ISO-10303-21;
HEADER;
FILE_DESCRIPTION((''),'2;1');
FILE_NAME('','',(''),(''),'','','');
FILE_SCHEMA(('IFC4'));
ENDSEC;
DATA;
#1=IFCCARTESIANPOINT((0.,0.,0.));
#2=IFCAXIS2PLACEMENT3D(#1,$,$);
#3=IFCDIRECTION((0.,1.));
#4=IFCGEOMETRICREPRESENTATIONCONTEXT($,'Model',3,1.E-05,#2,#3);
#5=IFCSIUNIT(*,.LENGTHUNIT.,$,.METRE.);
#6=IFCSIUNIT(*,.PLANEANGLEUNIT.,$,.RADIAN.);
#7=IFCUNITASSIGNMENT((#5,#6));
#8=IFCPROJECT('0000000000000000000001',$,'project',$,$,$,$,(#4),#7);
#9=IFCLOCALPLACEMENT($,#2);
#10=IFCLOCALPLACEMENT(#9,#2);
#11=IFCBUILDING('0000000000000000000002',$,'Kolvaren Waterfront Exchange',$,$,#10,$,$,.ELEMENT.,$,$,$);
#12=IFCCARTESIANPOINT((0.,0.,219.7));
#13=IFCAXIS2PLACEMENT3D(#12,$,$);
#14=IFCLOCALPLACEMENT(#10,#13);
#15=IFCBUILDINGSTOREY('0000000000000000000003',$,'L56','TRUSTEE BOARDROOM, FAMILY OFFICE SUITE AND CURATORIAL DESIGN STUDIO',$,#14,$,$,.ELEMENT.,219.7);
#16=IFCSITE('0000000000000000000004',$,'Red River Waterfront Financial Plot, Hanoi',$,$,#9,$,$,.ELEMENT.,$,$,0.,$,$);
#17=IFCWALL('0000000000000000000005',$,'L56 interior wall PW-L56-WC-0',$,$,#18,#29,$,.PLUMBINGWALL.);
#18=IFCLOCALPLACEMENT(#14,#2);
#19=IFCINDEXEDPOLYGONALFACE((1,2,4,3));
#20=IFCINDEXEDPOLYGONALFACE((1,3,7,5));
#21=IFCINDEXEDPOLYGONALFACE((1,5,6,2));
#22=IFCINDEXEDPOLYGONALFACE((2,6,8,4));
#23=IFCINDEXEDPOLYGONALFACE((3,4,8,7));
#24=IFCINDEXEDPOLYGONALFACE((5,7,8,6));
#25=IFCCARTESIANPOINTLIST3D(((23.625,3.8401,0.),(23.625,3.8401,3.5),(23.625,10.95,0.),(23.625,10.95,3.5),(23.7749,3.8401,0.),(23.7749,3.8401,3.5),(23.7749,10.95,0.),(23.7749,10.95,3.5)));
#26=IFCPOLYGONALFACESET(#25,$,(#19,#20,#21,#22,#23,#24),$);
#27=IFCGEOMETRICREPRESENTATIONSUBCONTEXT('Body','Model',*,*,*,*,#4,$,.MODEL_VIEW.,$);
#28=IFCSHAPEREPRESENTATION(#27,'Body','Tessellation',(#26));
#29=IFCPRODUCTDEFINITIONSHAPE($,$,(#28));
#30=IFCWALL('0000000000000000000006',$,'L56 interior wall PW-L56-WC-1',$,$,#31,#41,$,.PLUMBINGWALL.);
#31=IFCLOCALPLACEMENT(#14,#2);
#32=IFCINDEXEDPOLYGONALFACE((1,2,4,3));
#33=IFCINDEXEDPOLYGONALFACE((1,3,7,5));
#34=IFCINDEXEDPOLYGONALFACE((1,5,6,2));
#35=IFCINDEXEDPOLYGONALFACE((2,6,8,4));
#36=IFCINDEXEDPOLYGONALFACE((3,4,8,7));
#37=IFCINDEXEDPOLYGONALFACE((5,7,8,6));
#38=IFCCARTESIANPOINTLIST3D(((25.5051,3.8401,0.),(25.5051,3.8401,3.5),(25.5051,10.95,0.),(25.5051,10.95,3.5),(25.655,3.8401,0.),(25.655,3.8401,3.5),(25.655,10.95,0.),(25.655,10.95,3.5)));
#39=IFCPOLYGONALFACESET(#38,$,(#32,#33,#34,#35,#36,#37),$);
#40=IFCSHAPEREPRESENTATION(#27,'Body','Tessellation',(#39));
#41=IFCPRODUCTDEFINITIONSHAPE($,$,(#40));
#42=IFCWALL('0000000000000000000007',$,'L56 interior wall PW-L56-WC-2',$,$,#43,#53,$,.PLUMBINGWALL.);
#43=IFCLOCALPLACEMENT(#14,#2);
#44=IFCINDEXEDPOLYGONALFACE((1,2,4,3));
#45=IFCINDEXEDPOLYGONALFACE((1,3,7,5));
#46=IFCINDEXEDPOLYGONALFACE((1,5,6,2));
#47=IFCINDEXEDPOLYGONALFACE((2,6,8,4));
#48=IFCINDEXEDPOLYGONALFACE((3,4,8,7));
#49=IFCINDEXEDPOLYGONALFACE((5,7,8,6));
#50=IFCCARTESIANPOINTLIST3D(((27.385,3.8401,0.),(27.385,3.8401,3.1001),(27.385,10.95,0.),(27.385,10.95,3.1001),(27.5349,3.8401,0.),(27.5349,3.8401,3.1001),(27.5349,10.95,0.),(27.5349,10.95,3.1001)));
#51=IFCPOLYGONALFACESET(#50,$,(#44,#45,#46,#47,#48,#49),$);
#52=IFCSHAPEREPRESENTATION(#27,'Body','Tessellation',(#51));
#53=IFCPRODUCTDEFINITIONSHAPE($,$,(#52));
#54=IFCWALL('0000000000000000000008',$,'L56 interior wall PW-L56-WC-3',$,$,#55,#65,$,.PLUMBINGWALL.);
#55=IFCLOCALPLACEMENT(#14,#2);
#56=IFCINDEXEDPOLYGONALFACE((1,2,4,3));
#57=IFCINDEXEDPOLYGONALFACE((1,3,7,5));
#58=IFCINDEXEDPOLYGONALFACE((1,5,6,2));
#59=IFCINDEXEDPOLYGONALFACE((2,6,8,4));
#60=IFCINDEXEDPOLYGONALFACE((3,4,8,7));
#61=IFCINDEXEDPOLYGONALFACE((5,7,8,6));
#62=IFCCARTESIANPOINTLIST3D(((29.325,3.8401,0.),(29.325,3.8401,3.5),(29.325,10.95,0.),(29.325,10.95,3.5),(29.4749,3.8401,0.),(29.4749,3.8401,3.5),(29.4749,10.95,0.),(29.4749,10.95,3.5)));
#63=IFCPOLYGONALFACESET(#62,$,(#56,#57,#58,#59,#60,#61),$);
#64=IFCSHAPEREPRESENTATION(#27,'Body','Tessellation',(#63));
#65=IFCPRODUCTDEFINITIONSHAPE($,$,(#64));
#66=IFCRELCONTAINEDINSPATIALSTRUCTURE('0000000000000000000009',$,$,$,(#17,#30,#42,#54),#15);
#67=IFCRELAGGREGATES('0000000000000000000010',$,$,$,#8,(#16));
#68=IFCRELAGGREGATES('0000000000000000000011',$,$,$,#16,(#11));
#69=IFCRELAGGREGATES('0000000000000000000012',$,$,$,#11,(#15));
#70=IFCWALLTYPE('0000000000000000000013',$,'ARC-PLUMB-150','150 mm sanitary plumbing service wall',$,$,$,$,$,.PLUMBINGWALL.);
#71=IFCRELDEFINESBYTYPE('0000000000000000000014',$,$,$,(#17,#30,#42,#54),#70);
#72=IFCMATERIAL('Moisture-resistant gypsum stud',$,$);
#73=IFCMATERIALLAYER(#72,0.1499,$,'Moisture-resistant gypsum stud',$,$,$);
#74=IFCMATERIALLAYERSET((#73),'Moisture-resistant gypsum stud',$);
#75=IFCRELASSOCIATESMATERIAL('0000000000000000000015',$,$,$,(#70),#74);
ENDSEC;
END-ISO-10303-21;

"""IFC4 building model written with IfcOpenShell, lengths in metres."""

from ifc_helpers import new_model, si_unit, direction, frame, frame_2d, origin, place, context, subcontext, project, spatial, rectangle, extrude, material, layer, layer_set, type_object, element, save


model = new_model("IFC4")

# Units and contexts
model_context = context("Model", 3, precision=1e-05, world=origin(), true_north=direction((0.0, 1.0)))
body_context = subcontext(model_context, "Body", "Model", "MODEL_VIEW")
ifc_project = project(units=[si_unit("LENGTHUNIT", "METRE"), si_unit("PLANEANGLEUNIT", "RADIAN")], contexts=[model_context])

# Site, building, storey
site_placement = place(None, origin())
site = spatial("IfcSite", under=ifc_project, at=site_placement, Name="Red River Waterfront Financial Plot, Hanoi", CompositionType="ELEMENT", RefElevation=0.0)
building_placement = place(site_placement, origin())
building = spatial("IfcBuilding", under=site, at=building_placement, Name="Kolvaren Waterfront Exchange", CompositionType="ELEMENT")
storey_placement = place(building_placement, frame((0.0, 0.0, 219.7)))
storey = spatial("IfcBuildingStorey", under=building, at=storey_placement, Name="L56", Description="TRUSTEE BOARDROOM, FAMILY OFFICE SUITE AND CURATORIAL DESIGN STUDIO", CompositionType="ELEMENT", Elevation=219.7)

# Wall
ifc_material_1 = material(Name="Moisture-resistant gypsum stud")
ifc_layer_1 = layer(ifc_material_1, 0.1499, Name="Moisture-resistant gypsum stud")
ifc_layer_set_1 = layer_set([ifc_layer_1], Name="Moisture-resistant gypsum stud")
wall_type_1 = type_object("IfcWallType", Name="ARC-PLUMB-150", Description="150 mm sanitary plumbing service wall", PredefinedType="PLUMBINGWALL", material=ifc_layer_set_1)
wall_1_placement = place(storey_placement, frame((23.7, 3.8401, 0.0), z_axis=(0.0, 0.0, 1.0), x_axis=(0.0, 1.0, 0.0)))
element("IfcWall", 1, at=wall_1_placement, inside=storey, type_object=wall_type_1, Name="L56 interior wall PW-L56-WC-0", PredefinedType="PLUMBINGWALL", context=body_context, shape_type="SweptSolid", body=[
    extrude(rectangle(XDim=7.1099, YDim=0.1499, at=frame_2d((3.5549, 0.0))), origin(), (0.0, 0.0, 1.0), 3.5),
])

# Walls
wall_2_placement = place(storey_placement, frame((25.5801, 3.8401, 0.0), z_axis=(0.0, 0.0, 1.0), x_axis=(0.0, 1.0, 0.0)))
element("IfcWall", 2, at=wall_2_placement, inside=storey, type_object=wall_type_1, Name="L56 interior wall PW-L56-WC-1", PredefinedType="PLUMBINGWALL", context=body_context, shape_type="SweptSolid", body=[
    extrude(rectangle(XDim=7.1099, YDim=0.1499, at=frame_2d((3.5549, 0.0))), origin(), (0.0, 0.0, 1.0), 3.5),
])
wall_3_placement = place(storey_placement, frame((27.46, 3.8401, 0.0), z_axis=(0.0, 0.0, 1.0), x_axis=(0.0, 1.0, 0.0)))
element("IfcWall", 3, at=wall_3_placement, inside=storey, type_object=wall_type_1, Name="L56 interior wall PW-L56-WC-2", PredefinedType="PLUMBINGWALL", context=body_context, shape_type="SweptSolid", body=[
    extrude(rectangle(XDim=7.1099, YDim=0.1499, at=frame_2d((3.5549, 0.0))), origin(), (0.0, 0.0, 1.0), 3.1001),
])
wall_4_placement = place(storey_placement, frame((29.3999, 3.8401, 0.0), z_axis=(0.0, 0.0, 1.0), x_axis=(0.0, 1.0, 0.0)))
element("IfcWall", 4, at=wall_4_placement, inside=storey, type_object=wall_type_1, Name="L56 interior wall PW-L56-WC-3", PredefinedType="PLUMBINGWALL", context=body_context, shape_type="SweptSolid", body=[
    extrude(rectangle(XDim=7.1099, YDim=0.1499, at=frame_2d((3.5549, 0.0))), origin(), (0.0, 0.0, 1.0), 3.5),
])

save(model, "model.ifc")
